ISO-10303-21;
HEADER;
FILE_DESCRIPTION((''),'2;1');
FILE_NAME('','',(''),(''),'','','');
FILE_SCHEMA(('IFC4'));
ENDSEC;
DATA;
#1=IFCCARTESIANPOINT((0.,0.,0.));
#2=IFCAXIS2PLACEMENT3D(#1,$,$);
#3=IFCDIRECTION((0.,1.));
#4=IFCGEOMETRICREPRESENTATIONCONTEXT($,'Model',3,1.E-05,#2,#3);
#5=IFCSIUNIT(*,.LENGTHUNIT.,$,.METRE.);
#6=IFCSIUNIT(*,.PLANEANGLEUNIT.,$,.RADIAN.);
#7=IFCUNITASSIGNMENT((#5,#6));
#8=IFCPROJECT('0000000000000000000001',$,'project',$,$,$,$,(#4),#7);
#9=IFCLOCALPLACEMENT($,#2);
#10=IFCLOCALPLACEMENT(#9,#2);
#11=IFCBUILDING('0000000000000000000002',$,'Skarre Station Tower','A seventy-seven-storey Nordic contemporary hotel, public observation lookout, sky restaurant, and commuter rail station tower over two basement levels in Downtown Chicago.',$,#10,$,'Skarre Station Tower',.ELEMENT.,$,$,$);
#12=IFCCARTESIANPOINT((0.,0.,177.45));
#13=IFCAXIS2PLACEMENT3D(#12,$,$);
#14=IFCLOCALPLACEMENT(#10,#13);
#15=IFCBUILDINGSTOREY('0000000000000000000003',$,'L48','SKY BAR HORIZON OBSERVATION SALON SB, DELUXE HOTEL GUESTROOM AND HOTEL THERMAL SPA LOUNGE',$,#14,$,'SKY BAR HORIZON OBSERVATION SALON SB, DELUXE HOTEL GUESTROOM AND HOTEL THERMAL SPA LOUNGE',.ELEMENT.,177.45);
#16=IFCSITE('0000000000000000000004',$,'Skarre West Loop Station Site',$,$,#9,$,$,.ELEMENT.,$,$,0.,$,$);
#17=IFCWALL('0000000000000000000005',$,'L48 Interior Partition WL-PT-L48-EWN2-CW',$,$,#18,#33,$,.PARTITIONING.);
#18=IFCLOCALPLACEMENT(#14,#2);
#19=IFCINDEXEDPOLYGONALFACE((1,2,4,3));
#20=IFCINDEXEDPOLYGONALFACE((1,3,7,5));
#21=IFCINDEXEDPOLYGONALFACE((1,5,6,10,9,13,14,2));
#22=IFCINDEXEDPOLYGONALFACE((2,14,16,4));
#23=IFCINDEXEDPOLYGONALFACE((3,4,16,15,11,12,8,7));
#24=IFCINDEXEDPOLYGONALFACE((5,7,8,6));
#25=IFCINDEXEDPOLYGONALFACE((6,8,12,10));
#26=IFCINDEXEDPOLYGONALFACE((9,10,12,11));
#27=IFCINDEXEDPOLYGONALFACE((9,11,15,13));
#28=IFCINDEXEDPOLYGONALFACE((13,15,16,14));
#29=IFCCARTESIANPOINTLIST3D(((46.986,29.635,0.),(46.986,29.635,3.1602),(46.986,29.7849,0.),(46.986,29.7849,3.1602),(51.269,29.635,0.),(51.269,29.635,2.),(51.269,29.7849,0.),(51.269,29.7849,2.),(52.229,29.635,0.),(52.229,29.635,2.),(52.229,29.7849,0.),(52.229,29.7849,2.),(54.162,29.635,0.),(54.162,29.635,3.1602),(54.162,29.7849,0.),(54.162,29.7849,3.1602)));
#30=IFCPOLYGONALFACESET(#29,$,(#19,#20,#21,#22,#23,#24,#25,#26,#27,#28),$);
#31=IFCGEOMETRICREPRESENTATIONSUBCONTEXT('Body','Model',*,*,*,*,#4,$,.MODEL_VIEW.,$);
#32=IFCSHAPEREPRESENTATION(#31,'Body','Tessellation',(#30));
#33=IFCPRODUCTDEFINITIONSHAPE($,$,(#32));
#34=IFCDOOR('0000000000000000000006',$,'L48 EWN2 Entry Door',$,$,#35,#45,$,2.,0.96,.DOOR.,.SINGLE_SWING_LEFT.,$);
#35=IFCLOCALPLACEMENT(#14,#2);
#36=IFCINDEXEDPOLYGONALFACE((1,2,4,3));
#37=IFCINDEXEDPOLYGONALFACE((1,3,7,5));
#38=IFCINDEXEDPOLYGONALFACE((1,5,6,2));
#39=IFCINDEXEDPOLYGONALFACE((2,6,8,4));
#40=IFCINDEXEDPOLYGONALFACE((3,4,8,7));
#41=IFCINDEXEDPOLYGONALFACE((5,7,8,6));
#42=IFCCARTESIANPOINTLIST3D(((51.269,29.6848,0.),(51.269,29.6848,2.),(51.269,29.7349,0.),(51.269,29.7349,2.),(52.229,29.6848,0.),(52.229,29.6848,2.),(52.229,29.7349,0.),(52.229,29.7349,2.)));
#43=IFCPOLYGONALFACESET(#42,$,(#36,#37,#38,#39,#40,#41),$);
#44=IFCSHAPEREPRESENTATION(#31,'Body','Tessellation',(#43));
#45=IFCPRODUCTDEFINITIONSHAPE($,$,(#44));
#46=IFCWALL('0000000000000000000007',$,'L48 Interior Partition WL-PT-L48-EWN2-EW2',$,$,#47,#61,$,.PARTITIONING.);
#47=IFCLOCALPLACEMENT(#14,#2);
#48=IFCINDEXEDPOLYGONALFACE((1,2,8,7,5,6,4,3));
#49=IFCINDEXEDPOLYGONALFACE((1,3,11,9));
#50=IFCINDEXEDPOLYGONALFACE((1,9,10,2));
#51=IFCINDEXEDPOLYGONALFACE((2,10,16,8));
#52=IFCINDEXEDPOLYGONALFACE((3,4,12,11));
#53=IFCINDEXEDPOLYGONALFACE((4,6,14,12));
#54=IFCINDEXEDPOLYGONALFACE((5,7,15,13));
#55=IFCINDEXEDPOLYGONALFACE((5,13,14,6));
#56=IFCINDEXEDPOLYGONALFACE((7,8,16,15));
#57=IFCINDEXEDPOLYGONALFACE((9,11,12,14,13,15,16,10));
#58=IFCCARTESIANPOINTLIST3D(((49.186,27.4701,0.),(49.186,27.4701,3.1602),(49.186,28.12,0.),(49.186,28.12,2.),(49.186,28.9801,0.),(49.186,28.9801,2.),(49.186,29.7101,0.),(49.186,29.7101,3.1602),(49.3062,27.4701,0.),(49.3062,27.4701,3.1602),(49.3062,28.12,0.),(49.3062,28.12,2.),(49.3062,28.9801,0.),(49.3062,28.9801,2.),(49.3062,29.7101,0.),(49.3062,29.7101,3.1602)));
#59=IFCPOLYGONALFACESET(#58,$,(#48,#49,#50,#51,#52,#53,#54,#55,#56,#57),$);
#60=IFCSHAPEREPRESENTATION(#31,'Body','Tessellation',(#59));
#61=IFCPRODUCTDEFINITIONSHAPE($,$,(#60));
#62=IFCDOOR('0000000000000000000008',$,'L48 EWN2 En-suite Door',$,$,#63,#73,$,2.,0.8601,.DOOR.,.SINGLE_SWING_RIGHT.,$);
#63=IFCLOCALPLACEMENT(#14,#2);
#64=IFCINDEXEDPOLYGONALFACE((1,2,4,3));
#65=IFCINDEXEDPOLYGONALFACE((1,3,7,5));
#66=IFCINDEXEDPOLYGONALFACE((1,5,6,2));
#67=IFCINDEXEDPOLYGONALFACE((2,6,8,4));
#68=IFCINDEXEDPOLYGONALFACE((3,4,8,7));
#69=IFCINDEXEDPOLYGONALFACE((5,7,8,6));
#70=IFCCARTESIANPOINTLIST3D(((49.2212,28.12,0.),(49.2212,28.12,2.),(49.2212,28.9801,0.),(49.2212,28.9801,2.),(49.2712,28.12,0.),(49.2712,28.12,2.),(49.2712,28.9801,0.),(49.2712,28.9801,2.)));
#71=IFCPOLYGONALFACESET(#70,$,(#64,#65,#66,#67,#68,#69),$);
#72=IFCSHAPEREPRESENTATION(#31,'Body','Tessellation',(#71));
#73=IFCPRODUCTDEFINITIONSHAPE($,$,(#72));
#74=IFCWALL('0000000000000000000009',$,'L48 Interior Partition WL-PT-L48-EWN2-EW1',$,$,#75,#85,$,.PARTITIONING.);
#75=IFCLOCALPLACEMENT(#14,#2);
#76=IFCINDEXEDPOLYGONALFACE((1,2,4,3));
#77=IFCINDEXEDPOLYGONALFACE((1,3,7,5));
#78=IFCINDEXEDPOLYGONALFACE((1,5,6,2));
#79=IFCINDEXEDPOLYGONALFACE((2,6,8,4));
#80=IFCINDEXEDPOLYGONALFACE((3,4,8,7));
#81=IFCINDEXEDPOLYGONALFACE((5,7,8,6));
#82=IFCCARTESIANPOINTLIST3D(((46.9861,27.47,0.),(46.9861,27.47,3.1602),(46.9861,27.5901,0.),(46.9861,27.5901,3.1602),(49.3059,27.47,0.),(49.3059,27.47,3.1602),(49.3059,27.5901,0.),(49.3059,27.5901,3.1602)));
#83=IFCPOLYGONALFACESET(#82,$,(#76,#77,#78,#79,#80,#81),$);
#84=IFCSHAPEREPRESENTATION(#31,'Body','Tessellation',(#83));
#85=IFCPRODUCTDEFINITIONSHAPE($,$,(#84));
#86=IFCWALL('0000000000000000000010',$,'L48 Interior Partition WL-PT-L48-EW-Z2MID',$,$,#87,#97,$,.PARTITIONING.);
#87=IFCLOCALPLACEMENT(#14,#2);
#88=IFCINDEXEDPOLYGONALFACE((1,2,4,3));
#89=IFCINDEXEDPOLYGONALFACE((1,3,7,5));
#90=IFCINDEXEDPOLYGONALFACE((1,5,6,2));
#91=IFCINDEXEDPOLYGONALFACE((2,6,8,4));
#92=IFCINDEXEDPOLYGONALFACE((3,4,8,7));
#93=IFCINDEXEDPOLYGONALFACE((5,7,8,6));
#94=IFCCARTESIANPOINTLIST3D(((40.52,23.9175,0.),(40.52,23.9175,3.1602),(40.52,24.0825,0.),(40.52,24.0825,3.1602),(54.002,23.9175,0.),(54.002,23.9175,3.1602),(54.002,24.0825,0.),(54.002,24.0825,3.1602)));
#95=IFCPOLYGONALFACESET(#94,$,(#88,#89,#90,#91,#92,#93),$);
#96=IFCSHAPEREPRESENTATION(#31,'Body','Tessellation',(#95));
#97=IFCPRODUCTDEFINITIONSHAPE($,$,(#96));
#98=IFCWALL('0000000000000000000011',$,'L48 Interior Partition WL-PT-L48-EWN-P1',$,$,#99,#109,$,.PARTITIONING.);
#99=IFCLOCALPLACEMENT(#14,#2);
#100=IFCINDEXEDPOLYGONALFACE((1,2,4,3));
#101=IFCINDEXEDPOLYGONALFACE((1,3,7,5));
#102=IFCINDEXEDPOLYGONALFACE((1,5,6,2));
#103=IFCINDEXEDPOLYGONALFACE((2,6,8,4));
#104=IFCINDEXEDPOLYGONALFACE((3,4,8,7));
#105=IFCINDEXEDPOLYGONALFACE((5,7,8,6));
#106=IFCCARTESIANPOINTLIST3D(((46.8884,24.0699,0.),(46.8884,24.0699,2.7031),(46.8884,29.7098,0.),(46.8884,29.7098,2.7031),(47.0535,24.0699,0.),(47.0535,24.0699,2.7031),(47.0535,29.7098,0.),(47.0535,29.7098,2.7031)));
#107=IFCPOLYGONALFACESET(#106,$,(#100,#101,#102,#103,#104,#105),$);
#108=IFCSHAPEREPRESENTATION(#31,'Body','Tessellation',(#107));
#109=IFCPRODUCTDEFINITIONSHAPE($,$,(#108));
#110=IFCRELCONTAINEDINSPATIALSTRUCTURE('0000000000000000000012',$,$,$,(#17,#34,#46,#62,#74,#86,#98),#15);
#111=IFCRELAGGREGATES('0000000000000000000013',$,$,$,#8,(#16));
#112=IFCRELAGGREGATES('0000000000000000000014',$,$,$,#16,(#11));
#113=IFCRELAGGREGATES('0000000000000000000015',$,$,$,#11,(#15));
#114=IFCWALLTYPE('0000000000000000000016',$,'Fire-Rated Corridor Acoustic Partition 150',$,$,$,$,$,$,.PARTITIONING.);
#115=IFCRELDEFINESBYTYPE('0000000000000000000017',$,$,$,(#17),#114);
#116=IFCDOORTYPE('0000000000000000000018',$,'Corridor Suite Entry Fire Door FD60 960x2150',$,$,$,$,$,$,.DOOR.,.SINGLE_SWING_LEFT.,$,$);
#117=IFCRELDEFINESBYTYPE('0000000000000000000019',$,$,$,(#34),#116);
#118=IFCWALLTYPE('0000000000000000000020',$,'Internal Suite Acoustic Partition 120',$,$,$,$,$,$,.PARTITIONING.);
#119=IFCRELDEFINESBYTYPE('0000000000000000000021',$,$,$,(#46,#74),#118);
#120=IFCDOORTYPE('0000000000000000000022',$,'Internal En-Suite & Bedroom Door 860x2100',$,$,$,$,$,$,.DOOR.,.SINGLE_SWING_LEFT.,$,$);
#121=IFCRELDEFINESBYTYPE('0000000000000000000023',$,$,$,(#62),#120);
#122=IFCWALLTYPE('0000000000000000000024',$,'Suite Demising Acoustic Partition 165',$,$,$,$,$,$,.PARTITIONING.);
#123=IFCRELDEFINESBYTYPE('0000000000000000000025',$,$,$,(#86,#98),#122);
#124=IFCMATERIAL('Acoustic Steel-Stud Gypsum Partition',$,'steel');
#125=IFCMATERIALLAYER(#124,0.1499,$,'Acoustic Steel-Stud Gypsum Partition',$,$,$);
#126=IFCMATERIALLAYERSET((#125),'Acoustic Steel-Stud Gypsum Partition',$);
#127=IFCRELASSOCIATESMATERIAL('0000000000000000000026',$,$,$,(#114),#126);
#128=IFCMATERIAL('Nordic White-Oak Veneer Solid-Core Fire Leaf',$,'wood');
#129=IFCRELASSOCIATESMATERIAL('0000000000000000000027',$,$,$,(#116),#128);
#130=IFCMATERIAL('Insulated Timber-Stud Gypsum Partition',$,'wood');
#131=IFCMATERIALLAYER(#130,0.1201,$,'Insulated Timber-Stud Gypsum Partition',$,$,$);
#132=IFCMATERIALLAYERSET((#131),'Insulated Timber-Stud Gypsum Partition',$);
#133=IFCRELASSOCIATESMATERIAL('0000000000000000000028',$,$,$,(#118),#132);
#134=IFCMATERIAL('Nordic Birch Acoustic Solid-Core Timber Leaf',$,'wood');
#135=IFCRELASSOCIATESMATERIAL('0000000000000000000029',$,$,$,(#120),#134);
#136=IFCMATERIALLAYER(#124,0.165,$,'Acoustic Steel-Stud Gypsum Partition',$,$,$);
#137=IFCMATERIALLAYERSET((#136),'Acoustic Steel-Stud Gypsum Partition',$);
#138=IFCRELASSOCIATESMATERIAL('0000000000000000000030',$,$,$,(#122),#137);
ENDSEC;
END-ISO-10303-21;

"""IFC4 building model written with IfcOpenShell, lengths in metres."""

from ifc_helpers import new_model, si_unit, direction, frame, frame_2d, origin, place, context, subcontext, project, spatial, rectangle, extrude, material, layer, layer_set, type_object, element, fill, save


model = new_model("IFC4")

# Units and contexts
model_context = context("Model", 3, precision=1e-05, world=origin(), true_north=direction((0.0, 1.0)))
body_context = subcontext(model_context, "Body", "Model", "MODEL_VIEW")
ifc_project = project(units=[si_unit("LENGTHUNIT", "METRE"), si_unit("PLANEANGLEUNIT", "RADIAN")], contexts=[model_context])

# Site, building, storey
site_placement = place(None, origin())
site = spatial("IfcSite", under=ifc_project, at=site_placement, Name="Skarre West Loop Station Site", CompositionType="ELEMENT", RefElevation=0.0)
building_placement = place(site_placement, origin())
building = spatial("IfcBuilding", under=site, at=building_placement, Name="Skarre Station Tower", Description="A seventy-seven-storey Nordic contemporary hotel, public observation lookout, sky restaurant, and commuter rail station tower over two basement levels in Downtown Chicago.", LongName="Skarre Station Tower", CompositionType="ELEMENT")
storey_placement = place(building_placement, frame((0.0, 0.0, 177.45)))
storey = spatial("IfcBuildingStorey", under=building, at=storey_placement, Name="L48", Description="SKY BAR HORIZON OBSERVATION SALON SB, DELUXE HOTEL GUESTROOM AND HOTEL THERMAL SPA LOUNGE", LongName="SKY BAR HORIZON OBSERVATION SALON SB, DELUXE HOTEL GUESTROOM AND HOTEL THERMAL SPA LOUNGE", CompositionType="ELEMENT", Elevation=177.45)

# Shared definitions
ifc_material_1 = material(Name="Acoustic Steel-Stud Gypsum Partition", Category="steel")
ifc_layer_1 = layer(ifc_material_1, 0.1499, Name="Acoustic Steel-Stud Gypsum Partition")
ifc_layer_set_1 = layer_set([ifc_layer_1], Name="Acoustic Steel-Stud Gypsum Partition")
wall_type_1 = type_object("IfcWallType", Name="Fire-Rated Corridor Acoustic Partition 150", PredefinedType="PARTITIONING", material=ifc_layer_set_1)

# Walls, openings, doors
ifc_material_2 = material(Name="Nordic White-Oak Veneer Solid-Core Fire Leaf", Category="wood")
door_type_1 = type_object("IfcDoorType", Name="Corridor Suite Entry Fire Door FD60 960x2150", OperationType="SINGLE_SWING_LEFT", PredefinedType="DOOR", material=ifc_material_2)
wall_1_placement = place(storey_placement, frame((46.9861, 29.71, 0.0), z_axis=(0.0, 0.0, 1.0), x_axis=(1.0, 0.0, 0.0)))
wall_1 = element("IfcWall", 1, at=wall_1_placement, inside=storey, type_object=wall_type_1, Name="L48 Interior Partition WL-PT-L48-EWN2-CW", PredefinedType="PARTITIONING", context=body_context, shape_type="SweptSolid", body=[
    extrude(rectangle(XDim=7.176, YDim=0.1499, at=frame_2d((3.5879, 0.0))), origin(), (0.0, 0.0, 1.0), 3.1602),
])
opening_1_placement = place(wall_1_placement, frame((4.283, 0.0, 0.0)))
opening_1 = element("IfcOpeningElement", 2, at=opening_1_placement, cuts=wall_1, PredefinedType="OPENING", context=body_context, shape_type="SweptSolid", body=[
    extrude(rectangle(XDim=0.96, YDim=2.0, at=frame_2d((0.48, 1.0))), frame((0.0, 0.085, 0.0), z_axis=(0.0, -1.0, 0.0), x_axis=(1.0, 0.0, 0.0)), (0.0, 0.0, 1.0), 0.1699),
])
door_1_placement = place(opening_1_placement, origin())
door_1 = element("IfcDoor", 3, at=door_1_placement, inside=storey, type_object=door_type_1, Name="L48 EWN2 Entry Door", OperationType="SINGLE_SWING_LEFT", OverallHeight=2.0, OverallWidth=0.96, PredefinedType="DOOR", context=body_context, shape_type="SweptSolid", body=[
    extrude(rectangle(XDim=0.96, YDim=2.0, at=frame_2d((0.48, 1.0))), frame((0.0, 0.0249, 0.0), z_axis=(0.0, -1.0, 0.0), x_axis=(1.0, 0.0, 0.0)), (0.0, 0.0, 1.0), 0.05),
])
fill(opening_1, door_1)
ifc_material_3 = material(Name="Insulated Timber-Stud Gypsum Partition", Category="wood")
ifc_layer_2 = layer(ifc_material_3, 0.1201, Name="Insulated Timber-Stud Gypsum Partition")
ifc_layer_set_2 = layer_set([ifc_layer_2], Name="Insulated Timber-Stud Gypsum Partition")
wall_type_2 = type_object("IfcWallType", Name="Internal Suite Acoustic Partition 120", PredefinedType="PARTITIONING", material=ifc_layer_set_2)
wall_2_placement = place(storey_placement, frame((49.2461, 27.47, 0.0), z_axis=(0.0, 0.0, 1.0), x_axis=(0.0, 1.0, 0.0)))
wall_2 = element("IfcWall", 4, at=wall_2_placement, inside=storey, type_object=wall_type_2, Name="L48 Interior Partition WL-PT-L48-EWN2-EW2", PredefinedType="PARTITIONING", context=body_context, shape_type="SweptSolid", body=[
    extrude(rectangle(XDim=2.24, YDim=0.1201, at=frame_2d((1.1201, 0.0))), origin(), (0.0, 0.0, 1.0), 3.1602),
])
opening_2_placement = place(wall_2_placement, frame((0.6499, 0.0, 0.0)))
opening_2 = element("IfcOpeningElement", 5, at=opening_2_placement, cuts=wall_2, PredefinedType="OPENING", context=body_context, shape_type="SweptSolid", body=[
    extrude(rectangle(XDim=0.8601, YDim=2.0, at=frame_2d((0.4302, 1.0))), frame((0.0, 0.0701, 0.0), z_axis=(0.0, -1.0, 0.0), x_axis=(1.0, 0.0, 0.0)), (0.0, 0.0, 1.0), 0.1401),
])
ifc_material_4 = material(Name="Nordic Birch Acoustic Solid-Core Timber Leaf", Category="wood")
door_type_2 = type_object("IfcDoorType", Name="Internal En-Suite & Bedroom Door 860x2100", OperationType="SINGLE_SWING_LEFT", PredefinedType="DOOR", material=ifc_material_4)
door_2_placement = place(opening_2_placement, origin())
door_2 = element("IfcDoor", 6, at=door_2_placement, inside=storey, type_object=door_type_2, Name="L48 EWN2 En-suite Door", OperationType="SINGLE_SWING_RIGHT", OverallHeight=2.0, OverallWidth=0.8601, PredefinedType="DOOR", context=body_context, shape_type="SweptSolid", body=[
    extrude(rectangle(XDim=0.8601, YDim=2.0, at=frame_2d((0.4302, 1.0))), frame((0.0, 0.0249, 0.0), z_axis=(0.0, -1.0, 0.0), x_axis=(1.0, 0.0, 0.0)), (0.0, 0.0, 1.0), 0.05),
])
fill(opening_2, door_2)

# Walls
wall_3_placement = place(storey_placement, frame((46.9861, 27.53, 0.0), z_axis=(0.0, 0.0, 1.0), x_axis=(1.0, 0.0, 0.0)))
element("IfcWall", 7, at=wall_3_placement, inside=storey, type_object=wall_type_2, Name="L48 Interior Partition WL-PT-L48-EWN2-EW1", PredefinedType="PARTITIONING", context=body_context, shape_type="SweptSolid", body=[
    extrude(rectangle(XDim=2.3198, YDim=0.1201, at=frame_2d((1.1599, 0.0))), origin(), (0.0, 0.0, 1.0), 3.1602),
])
ifc_layer_3 = layer(ifc_material_1, 0.165, Name="Acoustic Steel-Stud Gypsum Partition")
ifc_layer_set_3 = layer_set([ifc_layer_3], Name="Acoustic Steel-Stud Gypsum Partition")
wall_type_3 = type_object("IfcWallType", Name="Suite Demising Acoustic Partition 165", PredefinedType="PARTITIONING", material=ifc_layer_set_3)
wall_4_placement = place(storey_placement, frame((40.52, 24.0, 0.0), z_axis=(0.0, 0.0, 1.0), x_axis=(1.0, 0.0, 0.0)))
element("IfcWall", 8, at=wall_4_placement, inside=storey, type_object=wall_type_3, Name="L48 Interior Partition WL-PT-L48-EW-Z2MID", PredefinedType="PARTITIONING", context=body_context, shape_type="SweptSolid", body=[
    extrude(rectangle(XDim=13.4819, YDim=0.165, at=frame_2d((6.741, 0.0))), origin(), (0.0, 0.0, 1.0), 3.1602),
])
wall_5_placement = place(storey_placement, frame((46.9709, 24.0701, 0.0), z_axis=(0.0, 0.0, 1.0), x_axis=(0.0, 1.0, 0.0)))
element("IfcWall", 9, at=wall_5_placement, inside=storey, type_object=wall_type_3, Name="L48 Interior Partition WL-PT-L48-EWN-P1", PredefinedType="PARTITIONING", context=body_context, shape_type="SweptSolid", body=[
    extrude(rectangle(XDim=5.6399, YDim=0.165, at=frame_2d((2.8198, 0.0))), origin(), (0.0, 0.0, 1.0), 2.7031),
])

save(model, "model.ifc")
